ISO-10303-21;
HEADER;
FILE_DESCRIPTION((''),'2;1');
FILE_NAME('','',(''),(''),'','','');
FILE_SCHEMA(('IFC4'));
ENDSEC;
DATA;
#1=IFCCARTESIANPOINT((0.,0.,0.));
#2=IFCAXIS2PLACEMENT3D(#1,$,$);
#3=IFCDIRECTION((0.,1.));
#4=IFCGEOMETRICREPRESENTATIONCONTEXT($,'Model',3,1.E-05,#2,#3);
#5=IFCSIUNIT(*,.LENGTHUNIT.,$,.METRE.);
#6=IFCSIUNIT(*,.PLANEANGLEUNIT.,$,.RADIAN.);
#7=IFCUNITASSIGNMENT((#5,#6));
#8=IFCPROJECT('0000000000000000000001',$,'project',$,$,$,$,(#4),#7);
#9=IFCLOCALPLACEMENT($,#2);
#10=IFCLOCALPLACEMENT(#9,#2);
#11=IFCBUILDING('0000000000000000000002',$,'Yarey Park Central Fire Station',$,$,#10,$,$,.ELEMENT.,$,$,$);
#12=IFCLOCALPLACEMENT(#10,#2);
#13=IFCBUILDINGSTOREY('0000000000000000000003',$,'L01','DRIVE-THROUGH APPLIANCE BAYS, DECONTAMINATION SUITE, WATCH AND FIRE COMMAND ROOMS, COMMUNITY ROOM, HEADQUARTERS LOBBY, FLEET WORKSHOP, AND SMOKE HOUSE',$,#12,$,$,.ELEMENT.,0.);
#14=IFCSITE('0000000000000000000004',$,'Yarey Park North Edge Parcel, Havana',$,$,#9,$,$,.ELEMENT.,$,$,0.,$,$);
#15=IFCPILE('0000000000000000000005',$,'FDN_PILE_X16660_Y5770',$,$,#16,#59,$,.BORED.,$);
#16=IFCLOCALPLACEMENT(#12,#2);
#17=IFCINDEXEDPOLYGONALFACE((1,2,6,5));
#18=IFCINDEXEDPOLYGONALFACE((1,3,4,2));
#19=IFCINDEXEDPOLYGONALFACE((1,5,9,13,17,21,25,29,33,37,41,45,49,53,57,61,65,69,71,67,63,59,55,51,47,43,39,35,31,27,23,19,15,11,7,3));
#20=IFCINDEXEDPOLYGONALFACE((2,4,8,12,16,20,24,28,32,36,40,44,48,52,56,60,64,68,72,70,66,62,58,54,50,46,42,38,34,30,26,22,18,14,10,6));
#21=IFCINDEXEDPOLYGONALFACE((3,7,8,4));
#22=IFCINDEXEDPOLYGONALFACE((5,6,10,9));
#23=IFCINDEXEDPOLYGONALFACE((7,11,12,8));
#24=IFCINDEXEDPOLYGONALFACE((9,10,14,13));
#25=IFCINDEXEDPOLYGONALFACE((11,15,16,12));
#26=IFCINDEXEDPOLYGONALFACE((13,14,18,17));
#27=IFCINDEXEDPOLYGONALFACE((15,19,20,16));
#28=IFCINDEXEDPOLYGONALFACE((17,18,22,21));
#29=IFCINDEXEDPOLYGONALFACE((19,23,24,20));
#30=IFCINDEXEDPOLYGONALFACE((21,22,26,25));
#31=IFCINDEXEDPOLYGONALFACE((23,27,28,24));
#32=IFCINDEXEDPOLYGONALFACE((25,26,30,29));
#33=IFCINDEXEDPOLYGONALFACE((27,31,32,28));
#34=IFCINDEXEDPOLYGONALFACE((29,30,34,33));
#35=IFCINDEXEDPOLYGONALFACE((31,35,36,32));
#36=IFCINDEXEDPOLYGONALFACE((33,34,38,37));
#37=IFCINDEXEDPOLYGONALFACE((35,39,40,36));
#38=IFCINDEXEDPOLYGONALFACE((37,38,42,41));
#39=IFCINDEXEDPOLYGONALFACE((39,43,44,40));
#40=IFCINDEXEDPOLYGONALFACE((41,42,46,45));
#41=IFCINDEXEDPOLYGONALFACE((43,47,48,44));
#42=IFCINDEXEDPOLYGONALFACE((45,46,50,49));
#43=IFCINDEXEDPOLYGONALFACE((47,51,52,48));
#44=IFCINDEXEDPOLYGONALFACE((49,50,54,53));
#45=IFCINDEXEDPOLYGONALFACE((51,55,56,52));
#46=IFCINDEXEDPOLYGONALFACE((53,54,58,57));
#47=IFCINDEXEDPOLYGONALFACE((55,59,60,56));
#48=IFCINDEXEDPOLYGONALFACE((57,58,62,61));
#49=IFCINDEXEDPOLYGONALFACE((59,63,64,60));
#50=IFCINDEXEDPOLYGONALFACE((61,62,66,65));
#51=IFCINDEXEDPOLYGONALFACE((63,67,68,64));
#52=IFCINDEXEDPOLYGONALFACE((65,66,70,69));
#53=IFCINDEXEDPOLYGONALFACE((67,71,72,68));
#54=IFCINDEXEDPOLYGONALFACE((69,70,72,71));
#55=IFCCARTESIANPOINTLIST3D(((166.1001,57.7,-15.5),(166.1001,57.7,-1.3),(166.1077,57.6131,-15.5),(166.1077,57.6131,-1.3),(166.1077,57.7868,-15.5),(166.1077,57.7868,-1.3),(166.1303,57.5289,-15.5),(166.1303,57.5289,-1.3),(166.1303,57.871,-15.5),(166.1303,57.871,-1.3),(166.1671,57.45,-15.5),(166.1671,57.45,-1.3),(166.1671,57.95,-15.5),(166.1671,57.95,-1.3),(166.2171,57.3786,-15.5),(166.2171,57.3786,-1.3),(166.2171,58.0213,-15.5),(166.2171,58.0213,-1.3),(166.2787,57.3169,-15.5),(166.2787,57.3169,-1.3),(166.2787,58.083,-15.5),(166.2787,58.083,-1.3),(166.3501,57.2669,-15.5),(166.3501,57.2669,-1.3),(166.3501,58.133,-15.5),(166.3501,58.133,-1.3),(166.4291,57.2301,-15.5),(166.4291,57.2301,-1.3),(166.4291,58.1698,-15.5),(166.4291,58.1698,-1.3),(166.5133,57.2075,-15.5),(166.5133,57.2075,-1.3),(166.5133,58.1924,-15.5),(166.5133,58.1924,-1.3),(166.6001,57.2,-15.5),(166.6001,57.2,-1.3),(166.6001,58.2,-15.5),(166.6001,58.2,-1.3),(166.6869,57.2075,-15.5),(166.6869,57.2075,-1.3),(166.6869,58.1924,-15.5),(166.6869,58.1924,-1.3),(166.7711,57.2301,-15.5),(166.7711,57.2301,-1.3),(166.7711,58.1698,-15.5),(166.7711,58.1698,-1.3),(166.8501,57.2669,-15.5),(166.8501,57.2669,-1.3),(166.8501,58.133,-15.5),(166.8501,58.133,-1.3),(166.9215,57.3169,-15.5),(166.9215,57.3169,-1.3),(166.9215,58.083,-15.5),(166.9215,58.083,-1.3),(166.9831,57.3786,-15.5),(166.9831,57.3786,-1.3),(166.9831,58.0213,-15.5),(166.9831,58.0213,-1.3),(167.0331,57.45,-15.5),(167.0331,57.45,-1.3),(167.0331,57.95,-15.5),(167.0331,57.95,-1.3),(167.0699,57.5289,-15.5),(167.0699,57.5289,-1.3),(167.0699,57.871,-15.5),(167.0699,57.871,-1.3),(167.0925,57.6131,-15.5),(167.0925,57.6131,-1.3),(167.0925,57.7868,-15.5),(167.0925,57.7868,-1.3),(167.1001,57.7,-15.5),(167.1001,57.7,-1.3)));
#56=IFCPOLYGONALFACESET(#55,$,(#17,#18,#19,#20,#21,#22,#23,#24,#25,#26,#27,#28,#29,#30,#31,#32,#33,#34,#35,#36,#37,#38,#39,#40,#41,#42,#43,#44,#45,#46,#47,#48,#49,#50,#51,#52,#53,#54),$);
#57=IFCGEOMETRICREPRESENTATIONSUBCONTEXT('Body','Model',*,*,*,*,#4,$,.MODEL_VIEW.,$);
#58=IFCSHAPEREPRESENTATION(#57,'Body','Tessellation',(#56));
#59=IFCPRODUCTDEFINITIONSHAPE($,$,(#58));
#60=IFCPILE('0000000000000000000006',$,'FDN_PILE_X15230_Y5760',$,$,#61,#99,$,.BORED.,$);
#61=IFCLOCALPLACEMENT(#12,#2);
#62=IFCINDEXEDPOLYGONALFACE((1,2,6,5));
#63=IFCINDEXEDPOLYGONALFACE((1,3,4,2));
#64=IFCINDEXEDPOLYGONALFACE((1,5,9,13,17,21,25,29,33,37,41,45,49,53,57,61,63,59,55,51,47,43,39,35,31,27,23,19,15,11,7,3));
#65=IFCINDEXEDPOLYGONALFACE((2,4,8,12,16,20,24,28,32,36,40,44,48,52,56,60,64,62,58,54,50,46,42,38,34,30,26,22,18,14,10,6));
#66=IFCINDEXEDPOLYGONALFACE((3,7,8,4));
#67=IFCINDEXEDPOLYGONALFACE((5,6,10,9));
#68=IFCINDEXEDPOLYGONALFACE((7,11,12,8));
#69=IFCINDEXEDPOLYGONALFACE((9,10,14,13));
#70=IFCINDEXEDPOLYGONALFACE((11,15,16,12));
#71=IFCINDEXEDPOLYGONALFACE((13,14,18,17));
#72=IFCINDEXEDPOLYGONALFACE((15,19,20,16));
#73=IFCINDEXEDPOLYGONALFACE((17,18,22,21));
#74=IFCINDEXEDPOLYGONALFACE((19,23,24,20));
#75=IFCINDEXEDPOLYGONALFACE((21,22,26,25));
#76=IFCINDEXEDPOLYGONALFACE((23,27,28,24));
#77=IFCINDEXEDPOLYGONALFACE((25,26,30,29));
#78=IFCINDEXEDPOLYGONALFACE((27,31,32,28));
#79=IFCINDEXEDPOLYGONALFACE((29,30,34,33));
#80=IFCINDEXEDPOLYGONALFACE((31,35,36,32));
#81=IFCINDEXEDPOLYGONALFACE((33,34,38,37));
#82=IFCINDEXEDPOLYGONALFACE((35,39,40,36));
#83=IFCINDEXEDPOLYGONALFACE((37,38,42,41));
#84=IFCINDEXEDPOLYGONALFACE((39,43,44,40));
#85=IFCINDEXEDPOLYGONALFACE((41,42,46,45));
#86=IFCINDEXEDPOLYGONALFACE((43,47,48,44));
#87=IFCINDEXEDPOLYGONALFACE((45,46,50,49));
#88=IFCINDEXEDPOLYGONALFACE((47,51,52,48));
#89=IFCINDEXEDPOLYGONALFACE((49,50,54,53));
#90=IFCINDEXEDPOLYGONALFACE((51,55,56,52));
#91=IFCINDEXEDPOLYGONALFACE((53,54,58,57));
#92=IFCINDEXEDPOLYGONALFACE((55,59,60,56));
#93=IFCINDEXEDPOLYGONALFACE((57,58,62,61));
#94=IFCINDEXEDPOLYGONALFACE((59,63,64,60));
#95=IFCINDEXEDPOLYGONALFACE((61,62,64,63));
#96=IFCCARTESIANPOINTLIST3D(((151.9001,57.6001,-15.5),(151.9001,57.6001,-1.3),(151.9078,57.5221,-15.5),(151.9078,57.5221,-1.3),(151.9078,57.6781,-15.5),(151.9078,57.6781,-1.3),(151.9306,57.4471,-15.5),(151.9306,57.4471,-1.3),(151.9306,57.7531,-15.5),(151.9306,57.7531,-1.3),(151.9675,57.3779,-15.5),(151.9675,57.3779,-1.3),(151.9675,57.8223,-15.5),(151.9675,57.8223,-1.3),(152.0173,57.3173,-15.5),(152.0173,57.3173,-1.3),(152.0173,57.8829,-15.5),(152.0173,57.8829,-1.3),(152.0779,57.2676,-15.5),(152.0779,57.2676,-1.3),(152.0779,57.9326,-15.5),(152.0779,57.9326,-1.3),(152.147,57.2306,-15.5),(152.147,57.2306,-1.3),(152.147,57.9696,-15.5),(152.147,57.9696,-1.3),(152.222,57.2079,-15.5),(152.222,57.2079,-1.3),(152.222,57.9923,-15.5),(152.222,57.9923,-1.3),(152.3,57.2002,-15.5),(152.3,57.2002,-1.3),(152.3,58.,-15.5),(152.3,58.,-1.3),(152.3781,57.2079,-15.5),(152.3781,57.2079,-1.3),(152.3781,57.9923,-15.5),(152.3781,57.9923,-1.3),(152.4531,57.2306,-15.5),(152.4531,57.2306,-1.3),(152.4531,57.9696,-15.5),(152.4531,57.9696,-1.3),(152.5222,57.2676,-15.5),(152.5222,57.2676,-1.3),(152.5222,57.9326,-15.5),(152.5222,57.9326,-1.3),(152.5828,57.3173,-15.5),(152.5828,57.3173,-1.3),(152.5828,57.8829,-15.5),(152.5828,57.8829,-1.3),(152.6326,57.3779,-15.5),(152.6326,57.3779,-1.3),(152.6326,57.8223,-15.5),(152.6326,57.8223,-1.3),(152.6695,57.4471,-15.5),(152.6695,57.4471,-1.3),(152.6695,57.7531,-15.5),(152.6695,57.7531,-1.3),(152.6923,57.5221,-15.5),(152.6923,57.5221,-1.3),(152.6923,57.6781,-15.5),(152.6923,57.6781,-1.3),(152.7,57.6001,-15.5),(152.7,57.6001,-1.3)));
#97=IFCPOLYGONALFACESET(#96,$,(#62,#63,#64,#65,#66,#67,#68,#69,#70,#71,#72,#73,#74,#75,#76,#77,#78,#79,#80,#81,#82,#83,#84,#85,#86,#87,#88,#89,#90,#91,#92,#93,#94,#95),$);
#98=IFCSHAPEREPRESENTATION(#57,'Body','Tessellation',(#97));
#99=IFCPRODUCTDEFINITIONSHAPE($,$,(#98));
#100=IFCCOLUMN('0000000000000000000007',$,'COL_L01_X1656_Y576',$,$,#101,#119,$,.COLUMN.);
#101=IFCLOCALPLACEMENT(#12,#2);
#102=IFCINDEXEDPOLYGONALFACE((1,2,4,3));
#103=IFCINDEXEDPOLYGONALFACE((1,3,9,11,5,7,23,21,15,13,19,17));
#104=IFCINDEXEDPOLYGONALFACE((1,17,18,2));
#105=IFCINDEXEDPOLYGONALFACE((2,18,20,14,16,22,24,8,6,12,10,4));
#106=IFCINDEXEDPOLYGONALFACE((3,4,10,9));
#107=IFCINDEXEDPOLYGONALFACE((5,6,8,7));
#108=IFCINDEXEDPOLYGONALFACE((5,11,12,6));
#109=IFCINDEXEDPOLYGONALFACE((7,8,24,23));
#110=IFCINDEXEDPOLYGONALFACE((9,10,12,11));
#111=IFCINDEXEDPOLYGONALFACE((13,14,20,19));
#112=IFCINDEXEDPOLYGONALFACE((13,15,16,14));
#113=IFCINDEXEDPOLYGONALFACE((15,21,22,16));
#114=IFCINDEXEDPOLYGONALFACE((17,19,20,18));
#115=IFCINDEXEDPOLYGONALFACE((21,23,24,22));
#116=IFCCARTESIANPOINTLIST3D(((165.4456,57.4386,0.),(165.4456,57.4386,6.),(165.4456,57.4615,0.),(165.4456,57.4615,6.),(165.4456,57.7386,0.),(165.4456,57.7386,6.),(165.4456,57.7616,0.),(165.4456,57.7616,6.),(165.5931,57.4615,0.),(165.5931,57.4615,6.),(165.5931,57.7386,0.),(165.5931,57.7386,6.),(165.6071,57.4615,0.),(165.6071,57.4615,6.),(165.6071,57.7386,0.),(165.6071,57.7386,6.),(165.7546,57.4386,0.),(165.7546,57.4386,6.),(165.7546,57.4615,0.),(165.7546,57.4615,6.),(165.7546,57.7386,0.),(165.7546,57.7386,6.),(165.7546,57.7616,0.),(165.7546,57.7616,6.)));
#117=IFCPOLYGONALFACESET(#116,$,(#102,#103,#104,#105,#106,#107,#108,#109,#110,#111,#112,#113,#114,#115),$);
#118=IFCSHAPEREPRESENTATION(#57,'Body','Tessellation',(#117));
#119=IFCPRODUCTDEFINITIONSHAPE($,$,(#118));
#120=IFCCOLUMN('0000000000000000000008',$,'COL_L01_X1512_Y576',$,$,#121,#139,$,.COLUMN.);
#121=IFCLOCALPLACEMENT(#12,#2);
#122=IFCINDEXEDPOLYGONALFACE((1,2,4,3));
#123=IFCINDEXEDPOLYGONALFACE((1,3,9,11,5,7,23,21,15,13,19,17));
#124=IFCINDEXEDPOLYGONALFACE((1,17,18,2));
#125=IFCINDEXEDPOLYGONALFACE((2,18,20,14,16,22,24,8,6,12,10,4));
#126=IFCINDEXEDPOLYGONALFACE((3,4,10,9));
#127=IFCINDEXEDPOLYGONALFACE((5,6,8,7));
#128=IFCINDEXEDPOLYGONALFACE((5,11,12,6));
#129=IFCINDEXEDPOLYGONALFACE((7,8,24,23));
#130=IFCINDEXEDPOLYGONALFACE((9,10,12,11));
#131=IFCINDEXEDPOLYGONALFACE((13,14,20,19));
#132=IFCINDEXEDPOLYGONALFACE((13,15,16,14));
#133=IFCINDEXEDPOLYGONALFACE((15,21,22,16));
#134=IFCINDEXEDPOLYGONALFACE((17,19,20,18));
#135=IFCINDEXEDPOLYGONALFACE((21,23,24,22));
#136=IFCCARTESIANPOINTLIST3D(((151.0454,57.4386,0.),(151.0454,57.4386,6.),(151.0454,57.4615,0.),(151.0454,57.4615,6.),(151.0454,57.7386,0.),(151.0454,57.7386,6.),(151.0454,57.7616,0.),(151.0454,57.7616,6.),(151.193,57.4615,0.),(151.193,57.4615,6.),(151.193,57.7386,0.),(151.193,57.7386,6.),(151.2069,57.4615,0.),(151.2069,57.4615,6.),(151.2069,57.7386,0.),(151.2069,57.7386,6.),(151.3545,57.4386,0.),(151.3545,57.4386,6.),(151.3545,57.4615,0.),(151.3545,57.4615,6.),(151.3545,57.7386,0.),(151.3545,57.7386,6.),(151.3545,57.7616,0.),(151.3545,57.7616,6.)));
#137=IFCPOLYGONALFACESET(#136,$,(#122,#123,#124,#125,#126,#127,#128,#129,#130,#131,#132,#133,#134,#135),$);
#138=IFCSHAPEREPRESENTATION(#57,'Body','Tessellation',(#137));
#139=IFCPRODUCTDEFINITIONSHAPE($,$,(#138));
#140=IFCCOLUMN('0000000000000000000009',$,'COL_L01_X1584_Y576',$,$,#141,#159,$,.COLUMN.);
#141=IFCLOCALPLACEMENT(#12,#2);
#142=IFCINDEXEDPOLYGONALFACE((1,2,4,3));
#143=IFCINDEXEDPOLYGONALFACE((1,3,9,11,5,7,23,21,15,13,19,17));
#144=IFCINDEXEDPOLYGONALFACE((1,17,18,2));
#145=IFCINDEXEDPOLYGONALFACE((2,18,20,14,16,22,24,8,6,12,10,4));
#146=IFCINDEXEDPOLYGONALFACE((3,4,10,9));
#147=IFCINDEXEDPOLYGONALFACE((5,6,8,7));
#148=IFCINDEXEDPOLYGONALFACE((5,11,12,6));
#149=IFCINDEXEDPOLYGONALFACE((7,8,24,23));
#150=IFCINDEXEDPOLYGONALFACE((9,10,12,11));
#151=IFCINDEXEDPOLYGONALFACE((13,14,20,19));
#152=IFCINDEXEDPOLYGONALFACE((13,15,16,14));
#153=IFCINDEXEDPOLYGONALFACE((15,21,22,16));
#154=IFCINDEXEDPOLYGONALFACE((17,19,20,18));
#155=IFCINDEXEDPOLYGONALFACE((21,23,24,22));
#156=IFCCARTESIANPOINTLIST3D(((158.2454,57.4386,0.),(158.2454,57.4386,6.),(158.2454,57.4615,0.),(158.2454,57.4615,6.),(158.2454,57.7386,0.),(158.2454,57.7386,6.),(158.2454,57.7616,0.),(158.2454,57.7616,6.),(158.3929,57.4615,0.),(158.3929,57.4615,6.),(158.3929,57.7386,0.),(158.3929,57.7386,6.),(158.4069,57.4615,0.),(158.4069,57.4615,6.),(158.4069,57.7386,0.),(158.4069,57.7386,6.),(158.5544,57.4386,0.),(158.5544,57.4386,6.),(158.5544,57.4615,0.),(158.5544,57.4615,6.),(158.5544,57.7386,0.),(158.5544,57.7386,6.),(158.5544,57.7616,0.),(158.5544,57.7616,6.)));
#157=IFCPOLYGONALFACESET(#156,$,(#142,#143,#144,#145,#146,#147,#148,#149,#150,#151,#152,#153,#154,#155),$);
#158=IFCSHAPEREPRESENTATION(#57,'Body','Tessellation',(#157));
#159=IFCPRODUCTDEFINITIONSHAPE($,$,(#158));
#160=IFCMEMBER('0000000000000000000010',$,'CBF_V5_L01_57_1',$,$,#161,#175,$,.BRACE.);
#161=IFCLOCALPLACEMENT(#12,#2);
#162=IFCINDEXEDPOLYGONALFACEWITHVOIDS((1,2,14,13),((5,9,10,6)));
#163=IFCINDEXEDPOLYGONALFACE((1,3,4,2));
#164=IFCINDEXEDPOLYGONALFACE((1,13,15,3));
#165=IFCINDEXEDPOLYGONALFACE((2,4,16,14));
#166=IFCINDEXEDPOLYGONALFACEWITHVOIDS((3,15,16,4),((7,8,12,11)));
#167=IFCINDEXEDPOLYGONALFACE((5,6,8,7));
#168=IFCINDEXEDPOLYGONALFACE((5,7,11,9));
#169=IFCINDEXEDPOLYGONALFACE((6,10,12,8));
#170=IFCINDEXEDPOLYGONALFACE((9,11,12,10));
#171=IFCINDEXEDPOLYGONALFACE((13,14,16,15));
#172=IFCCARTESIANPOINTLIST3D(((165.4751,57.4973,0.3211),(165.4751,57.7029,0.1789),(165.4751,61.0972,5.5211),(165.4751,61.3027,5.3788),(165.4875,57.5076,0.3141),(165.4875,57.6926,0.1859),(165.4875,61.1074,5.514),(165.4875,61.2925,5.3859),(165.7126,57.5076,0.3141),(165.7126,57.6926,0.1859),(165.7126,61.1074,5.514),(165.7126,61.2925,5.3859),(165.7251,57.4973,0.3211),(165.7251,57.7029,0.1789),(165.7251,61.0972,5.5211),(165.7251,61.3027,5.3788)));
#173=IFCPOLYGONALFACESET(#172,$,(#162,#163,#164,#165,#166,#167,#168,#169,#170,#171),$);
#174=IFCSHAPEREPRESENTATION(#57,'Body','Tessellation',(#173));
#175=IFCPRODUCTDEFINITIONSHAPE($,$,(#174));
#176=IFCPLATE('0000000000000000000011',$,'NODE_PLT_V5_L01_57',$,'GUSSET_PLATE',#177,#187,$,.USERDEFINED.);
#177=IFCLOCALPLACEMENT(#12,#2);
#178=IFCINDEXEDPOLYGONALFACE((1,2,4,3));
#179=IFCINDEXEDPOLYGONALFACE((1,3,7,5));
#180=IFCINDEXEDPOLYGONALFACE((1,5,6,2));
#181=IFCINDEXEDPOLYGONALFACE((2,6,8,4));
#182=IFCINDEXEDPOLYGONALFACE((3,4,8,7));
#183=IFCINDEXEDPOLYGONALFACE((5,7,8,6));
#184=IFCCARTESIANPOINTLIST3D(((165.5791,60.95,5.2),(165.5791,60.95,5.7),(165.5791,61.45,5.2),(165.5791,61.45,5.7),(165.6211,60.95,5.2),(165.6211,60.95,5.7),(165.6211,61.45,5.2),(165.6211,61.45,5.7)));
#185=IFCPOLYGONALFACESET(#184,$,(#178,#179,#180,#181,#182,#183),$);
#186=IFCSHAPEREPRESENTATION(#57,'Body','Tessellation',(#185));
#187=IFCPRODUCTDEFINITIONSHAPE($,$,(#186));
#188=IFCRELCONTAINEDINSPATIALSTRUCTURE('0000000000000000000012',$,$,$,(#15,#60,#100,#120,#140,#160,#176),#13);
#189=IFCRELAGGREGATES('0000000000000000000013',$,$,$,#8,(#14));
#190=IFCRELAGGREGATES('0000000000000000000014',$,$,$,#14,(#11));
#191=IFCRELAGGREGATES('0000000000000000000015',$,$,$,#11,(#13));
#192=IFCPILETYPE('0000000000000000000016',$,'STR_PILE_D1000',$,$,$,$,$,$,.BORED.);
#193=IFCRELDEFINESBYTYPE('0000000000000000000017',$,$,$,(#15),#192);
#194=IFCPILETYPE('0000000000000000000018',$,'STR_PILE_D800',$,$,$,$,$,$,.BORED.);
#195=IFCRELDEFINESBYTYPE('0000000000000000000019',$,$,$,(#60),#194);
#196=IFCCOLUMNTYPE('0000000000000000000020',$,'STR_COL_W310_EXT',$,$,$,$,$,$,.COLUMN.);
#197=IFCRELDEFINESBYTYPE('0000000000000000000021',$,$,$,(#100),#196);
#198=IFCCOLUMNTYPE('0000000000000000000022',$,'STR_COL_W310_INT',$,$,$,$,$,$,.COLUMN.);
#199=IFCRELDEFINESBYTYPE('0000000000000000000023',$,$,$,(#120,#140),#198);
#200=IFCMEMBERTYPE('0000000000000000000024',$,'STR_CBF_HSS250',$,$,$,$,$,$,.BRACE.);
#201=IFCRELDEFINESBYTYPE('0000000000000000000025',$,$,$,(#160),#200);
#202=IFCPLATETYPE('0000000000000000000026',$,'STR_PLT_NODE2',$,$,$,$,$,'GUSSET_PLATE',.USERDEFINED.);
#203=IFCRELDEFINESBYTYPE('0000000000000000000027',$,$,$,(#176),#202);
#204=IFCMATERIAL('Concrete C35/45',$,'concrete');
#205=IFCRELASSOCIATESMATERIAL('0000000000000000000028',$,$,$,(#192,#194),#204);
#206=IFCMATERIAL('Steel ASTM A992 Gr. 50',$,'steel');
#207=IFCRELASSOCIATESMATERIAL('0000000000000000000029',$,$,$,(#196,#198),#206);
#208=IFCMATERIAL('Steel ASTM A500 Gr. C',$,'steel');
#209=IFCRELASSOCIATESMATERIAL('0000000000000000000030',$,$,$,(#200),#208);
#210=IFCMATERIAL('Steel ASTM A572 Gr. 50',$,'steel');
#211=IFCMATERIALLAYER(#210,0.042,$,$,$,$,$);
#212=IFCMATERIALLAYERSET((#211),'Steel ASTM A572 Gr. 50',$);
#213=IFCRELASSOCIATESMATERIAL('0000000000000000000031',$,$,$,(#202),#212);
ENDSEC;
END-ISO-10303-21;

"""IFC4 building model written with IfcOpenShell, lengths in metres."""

from ifc_helpers import new_model, si_unit, direction, frame, origin, origin_2d, place, context, subcontext, project, spatial, rectangle, hollow_rectangle, circle, i_section, extrude, material, layer, layer_set, material_profile, profile_set, type_object, element, save


model = new_model("IFC4")

# Units and contexts
model_context = context("Model", 3, precision=1e-05, world=origin(), true_north=direction((0.0, 1.0)))
body_context = subcontext(model_context, "Body", "Model", "MODEL_VIEW")
ifc_project = project(units=[si_unit("LENGTHUNIT", "METRE"), si_unit("PLANEANGLEUNIT", "RADIAN")], contexts=[model_context])

# Site, building, storey
site_placement = place(None, origin())
site = spatial("IfcSite", under=ifc_project, at=site_placement, Name="Yarey Park North Edge Parcel, Havana", CompositionType="ELEMENT", RefElevation=0.0)
building_placement = place(site_placement, origin())
building = spatial("IfcBuilding", under=site, at=building_placement, Name="Yarey Park Central Fire Station", CompositionType="ELEMENT")
storey_placement = place(building_placement, origin())
storey = spatial("IfcBuildingStorey", under=building, at=storey_placement, Name="L01", Description="DRIVE-THROUGH APPLIANCE BAYS, DECONTAMINATION SUITE, WATCH AND FIRE COMMAND ROOMS, COMMUNITY ROOM, HEADQUARTERS LOBBY, FLEET WORKSHOP, AND SMOKE HOUSE", CompositionType="ELEMENT", Elevation=0.0)

# Shared definitions
ifc_material_1 = material(Name="Concrete C35/45", Category="concrete")

# Piles
ifc_material_profile_1 = material_profile(ifc_material_1, circle(Radius=0.5, at=origin_2d()), Name="BORED PILE D1000")
ifc_profile_set_1 = profile_set([ifc_material_profile_1], Name="Concrete C35/45")
pile_type_1 = type_object("IfcPileType", Name="STR_PILE_D1000", PredefinedType="BORED", material=ifc_profile_set_1)
for number, where, z_axis, x_axis, name in (
    (1, (166.6001, 57.7, -1.3), (0.0, 0.0, -1.0), (1.0, 0.0, 0.0), "FDN_PILE_X16660_Y5770"),
):
    element("IfcPile", number, at=place(storey_placement, frame(where, z_axis=z_axis, x_axis=x_axis)), inside=storey, type_object=pile_type_1, Name=name, PredefinedType="BORED", context=body_context, shape_type="SweptSolid", body=[
        extrude(circle(Radius=0.5, at=origin_2d()), origin(), (0.0, 0.0, 1.0), 14.2),
    ])
ifc_material_profile_2 = material_profile(ifc_material_1, circle(Radius=0.3999, at=origin_2d()), Name="BORED PILE D800")
ifc_profile_set_2 = profile_set([ifc_material_profile_2], Name="Concrete C35/45")
pile_type_2 = type_object("IfcPileType", Name="STR_PILE_D800", PredefinedType="BORED", material=ifc_profile_set_2)
pile_placement = place(storey_placement, frame((152.3, 57.6001, -1.3), z_axis=(0.0, 0.0, -1.0), x_axis=(1.0, 0.0, 0.0)))
element("IfcPile", 2, at=pile_placement, inside=storey, type_object=pile_type_2, Name="FDN_PILE_X15230_Y5760", PredefinedType="BORED", context=body_context, shape_type="SweptSolid", body=[
    extrude(circle(Radius=0.3999, at=origin_2d()), origin(), (0.0, 0.0, 1.0), 14.2),
])

# Columns
ifc_material_2 = material(Name="Steel ASTM A992 Gr. 50", Category="steel")
ifc_material_profile_3 = material_profile(ifc_material_2, i_section(OverallWidth=0.3091, OverallDepth=0.323, WebThickness=0.0139, FlangeThickness=0.0229, at=origin_2d()), Name="W310x143")
ifc_profile_set_3 = profile_set([ifc_material_profile_3], Name="Steel ASTM A992 Gr. 50")
column_type_1 = type_object("IfcColumnType", Name="STR_COL_W310_EXT", PredefinedType="COLUMN", material=ifc_profile_set_3)
column_placement = place(storey_placement, frame((165.6001, 57.6001, 0.0), z_axis=(0.0, 0.0, 1.0), x_axis=(1.0, 0.0, 0.0)))
element("IfcColumn", 3, at=column_placement, inside=storey, type_object=column_type_1, Name="COL_L01_X1656_Y576", PredefinedType="COLUMN", context=body_context, shape_type="SweptSolid", body=[
    extrude(i_section(OverallWidth=0.3091, OverallDepth=0.323, WebThickness=0.0139, FlangeThickness=0.0229, at=origin_2d()), origin(), (0.0, 0.0, 1.0), 6.0),
])
ifc_material_profile_4 = material_profile(ifc_material_2, i_section(OverallWidth=0.3091, OverallDepth=0.323, WebThickness=0.0139, FlangeThickness=0.0229, at=origin_2d()), Name="W310x143")
ifc_profile_set_4 = profile_set([ifc_material_profile_4], Name="Steel ASTM A992 Gr. 50")
column_type_2 = type_object("IfcColumnType", Name="STR_COL_W310_INT", PredefinedType="COLUMN", material=ifc_profile_set_4)
for number, where, z_axis, x_axis, name in (
    (4, (151.2, 57.6001, 0.0), (0.0, 0.0, 1.0), (1.0, 0.0, 0.0), "COL_L01_X1512_Y576"),
    (5, (158.3999, 57.6001, 0.0), (0.0, 0.0, 1.0), (1.0, 0.0, 0.0), "COL_L01_X1584_Y576"),
):
    element("IfcColumn", number, at=place(storey_placement, frame(where, z_axis=z_axis, x_axis=x_axis)), inside=storey, type_object=column_type_2, Name=name, PredefinedType="COLUMN", context=body_context, shape_type="SweptSolid", body=[
        extrude(i_section(OverallWidth=0.3091, OverallDepth=0.323, WebThickness=0.0139, FlangeThickness=0.0229, at=origin_2d()), origin(), (0.0, 0.0, 1.0), 6.0),
    ])

# Member
ifc_material_3 = material(Name="Steel ASTM A500 Gr. C", Category="steel")
ifc_material_profile_5 = material_profile(ifc_material_3, hollow_rectangle(XDim=0.25, YDim=0.25, WallThickness=0.0125, at=origin_2d()), Name="HSS 250x250x12.5")
ifc_profile_set_5 = profile_set([ifc_material_profile_5], Name="Steel ASTM A500 Gr. C")
member_type = type_object("IfcMemberType", Name="STR_CBF_HSS250", PredefinedType="BRACE", material=ifc_profile_set_5)
member_placement = place(storey_placement, frame((165.6001, 57.6001, 0.25), z_axis=(0.0, 0.569198, 0.822201), x_axis=(-1.0, 0.0, 0.0)))
element("IfcMember", 6, at=member_placement, inside=storey, type_object=member_type, Name="CBF_V5_L01_57_1", PredefinedType="BRACE", context=body_context, shape_type="SweptSolid", body=[
    extrude(hollow_rectangle(XDim=0.25, YDim=0.25, WallThickness=0.0125, at=origin_2d()), origin(), (0.0, 0.0, 1.0), 6.3245),
])

# Plate
ifc_material_4 = material(Name="Steel ASTM A572 Gr. 50", Category="steel")
ifc_layer_1 = layer(ifc_material_4, 0.042)
ifc_layer_set_1 = layer_set([ifc_layer_1], Name="Steel ASTM A572 Gr. 50")
plate_type = type_object("IfcPlateType", Name="STR_PLT_NODE2", ElementType="GUSSET_PLATE", PredefinedType="USERDEFINED", material=ifc_layer_set_1)
plate_placement = place(storey_placement, frame((165.6001, 61.2, 5.2), z_axis=(0.0, 0.0, 1.0), x_axis=(1.0, 0.0, 0.0)))
element("IfcPlate", 7, at=plate_placement, inside=storey, type_object=plate_type, Name="NODE_PLT_V5_L01_57", ObjectType="GUSSET_PLATE", PredefinedType="USERDEFINED", context=body_context, shape_type="SweptSolid", body=[
    extrude(rectangle(XDim=0.042, YDim=0.5, at=origin_2d()), origin(), (0.0, 0.0, 1.0), 0.5),
])

save(model, "model.ifc")
